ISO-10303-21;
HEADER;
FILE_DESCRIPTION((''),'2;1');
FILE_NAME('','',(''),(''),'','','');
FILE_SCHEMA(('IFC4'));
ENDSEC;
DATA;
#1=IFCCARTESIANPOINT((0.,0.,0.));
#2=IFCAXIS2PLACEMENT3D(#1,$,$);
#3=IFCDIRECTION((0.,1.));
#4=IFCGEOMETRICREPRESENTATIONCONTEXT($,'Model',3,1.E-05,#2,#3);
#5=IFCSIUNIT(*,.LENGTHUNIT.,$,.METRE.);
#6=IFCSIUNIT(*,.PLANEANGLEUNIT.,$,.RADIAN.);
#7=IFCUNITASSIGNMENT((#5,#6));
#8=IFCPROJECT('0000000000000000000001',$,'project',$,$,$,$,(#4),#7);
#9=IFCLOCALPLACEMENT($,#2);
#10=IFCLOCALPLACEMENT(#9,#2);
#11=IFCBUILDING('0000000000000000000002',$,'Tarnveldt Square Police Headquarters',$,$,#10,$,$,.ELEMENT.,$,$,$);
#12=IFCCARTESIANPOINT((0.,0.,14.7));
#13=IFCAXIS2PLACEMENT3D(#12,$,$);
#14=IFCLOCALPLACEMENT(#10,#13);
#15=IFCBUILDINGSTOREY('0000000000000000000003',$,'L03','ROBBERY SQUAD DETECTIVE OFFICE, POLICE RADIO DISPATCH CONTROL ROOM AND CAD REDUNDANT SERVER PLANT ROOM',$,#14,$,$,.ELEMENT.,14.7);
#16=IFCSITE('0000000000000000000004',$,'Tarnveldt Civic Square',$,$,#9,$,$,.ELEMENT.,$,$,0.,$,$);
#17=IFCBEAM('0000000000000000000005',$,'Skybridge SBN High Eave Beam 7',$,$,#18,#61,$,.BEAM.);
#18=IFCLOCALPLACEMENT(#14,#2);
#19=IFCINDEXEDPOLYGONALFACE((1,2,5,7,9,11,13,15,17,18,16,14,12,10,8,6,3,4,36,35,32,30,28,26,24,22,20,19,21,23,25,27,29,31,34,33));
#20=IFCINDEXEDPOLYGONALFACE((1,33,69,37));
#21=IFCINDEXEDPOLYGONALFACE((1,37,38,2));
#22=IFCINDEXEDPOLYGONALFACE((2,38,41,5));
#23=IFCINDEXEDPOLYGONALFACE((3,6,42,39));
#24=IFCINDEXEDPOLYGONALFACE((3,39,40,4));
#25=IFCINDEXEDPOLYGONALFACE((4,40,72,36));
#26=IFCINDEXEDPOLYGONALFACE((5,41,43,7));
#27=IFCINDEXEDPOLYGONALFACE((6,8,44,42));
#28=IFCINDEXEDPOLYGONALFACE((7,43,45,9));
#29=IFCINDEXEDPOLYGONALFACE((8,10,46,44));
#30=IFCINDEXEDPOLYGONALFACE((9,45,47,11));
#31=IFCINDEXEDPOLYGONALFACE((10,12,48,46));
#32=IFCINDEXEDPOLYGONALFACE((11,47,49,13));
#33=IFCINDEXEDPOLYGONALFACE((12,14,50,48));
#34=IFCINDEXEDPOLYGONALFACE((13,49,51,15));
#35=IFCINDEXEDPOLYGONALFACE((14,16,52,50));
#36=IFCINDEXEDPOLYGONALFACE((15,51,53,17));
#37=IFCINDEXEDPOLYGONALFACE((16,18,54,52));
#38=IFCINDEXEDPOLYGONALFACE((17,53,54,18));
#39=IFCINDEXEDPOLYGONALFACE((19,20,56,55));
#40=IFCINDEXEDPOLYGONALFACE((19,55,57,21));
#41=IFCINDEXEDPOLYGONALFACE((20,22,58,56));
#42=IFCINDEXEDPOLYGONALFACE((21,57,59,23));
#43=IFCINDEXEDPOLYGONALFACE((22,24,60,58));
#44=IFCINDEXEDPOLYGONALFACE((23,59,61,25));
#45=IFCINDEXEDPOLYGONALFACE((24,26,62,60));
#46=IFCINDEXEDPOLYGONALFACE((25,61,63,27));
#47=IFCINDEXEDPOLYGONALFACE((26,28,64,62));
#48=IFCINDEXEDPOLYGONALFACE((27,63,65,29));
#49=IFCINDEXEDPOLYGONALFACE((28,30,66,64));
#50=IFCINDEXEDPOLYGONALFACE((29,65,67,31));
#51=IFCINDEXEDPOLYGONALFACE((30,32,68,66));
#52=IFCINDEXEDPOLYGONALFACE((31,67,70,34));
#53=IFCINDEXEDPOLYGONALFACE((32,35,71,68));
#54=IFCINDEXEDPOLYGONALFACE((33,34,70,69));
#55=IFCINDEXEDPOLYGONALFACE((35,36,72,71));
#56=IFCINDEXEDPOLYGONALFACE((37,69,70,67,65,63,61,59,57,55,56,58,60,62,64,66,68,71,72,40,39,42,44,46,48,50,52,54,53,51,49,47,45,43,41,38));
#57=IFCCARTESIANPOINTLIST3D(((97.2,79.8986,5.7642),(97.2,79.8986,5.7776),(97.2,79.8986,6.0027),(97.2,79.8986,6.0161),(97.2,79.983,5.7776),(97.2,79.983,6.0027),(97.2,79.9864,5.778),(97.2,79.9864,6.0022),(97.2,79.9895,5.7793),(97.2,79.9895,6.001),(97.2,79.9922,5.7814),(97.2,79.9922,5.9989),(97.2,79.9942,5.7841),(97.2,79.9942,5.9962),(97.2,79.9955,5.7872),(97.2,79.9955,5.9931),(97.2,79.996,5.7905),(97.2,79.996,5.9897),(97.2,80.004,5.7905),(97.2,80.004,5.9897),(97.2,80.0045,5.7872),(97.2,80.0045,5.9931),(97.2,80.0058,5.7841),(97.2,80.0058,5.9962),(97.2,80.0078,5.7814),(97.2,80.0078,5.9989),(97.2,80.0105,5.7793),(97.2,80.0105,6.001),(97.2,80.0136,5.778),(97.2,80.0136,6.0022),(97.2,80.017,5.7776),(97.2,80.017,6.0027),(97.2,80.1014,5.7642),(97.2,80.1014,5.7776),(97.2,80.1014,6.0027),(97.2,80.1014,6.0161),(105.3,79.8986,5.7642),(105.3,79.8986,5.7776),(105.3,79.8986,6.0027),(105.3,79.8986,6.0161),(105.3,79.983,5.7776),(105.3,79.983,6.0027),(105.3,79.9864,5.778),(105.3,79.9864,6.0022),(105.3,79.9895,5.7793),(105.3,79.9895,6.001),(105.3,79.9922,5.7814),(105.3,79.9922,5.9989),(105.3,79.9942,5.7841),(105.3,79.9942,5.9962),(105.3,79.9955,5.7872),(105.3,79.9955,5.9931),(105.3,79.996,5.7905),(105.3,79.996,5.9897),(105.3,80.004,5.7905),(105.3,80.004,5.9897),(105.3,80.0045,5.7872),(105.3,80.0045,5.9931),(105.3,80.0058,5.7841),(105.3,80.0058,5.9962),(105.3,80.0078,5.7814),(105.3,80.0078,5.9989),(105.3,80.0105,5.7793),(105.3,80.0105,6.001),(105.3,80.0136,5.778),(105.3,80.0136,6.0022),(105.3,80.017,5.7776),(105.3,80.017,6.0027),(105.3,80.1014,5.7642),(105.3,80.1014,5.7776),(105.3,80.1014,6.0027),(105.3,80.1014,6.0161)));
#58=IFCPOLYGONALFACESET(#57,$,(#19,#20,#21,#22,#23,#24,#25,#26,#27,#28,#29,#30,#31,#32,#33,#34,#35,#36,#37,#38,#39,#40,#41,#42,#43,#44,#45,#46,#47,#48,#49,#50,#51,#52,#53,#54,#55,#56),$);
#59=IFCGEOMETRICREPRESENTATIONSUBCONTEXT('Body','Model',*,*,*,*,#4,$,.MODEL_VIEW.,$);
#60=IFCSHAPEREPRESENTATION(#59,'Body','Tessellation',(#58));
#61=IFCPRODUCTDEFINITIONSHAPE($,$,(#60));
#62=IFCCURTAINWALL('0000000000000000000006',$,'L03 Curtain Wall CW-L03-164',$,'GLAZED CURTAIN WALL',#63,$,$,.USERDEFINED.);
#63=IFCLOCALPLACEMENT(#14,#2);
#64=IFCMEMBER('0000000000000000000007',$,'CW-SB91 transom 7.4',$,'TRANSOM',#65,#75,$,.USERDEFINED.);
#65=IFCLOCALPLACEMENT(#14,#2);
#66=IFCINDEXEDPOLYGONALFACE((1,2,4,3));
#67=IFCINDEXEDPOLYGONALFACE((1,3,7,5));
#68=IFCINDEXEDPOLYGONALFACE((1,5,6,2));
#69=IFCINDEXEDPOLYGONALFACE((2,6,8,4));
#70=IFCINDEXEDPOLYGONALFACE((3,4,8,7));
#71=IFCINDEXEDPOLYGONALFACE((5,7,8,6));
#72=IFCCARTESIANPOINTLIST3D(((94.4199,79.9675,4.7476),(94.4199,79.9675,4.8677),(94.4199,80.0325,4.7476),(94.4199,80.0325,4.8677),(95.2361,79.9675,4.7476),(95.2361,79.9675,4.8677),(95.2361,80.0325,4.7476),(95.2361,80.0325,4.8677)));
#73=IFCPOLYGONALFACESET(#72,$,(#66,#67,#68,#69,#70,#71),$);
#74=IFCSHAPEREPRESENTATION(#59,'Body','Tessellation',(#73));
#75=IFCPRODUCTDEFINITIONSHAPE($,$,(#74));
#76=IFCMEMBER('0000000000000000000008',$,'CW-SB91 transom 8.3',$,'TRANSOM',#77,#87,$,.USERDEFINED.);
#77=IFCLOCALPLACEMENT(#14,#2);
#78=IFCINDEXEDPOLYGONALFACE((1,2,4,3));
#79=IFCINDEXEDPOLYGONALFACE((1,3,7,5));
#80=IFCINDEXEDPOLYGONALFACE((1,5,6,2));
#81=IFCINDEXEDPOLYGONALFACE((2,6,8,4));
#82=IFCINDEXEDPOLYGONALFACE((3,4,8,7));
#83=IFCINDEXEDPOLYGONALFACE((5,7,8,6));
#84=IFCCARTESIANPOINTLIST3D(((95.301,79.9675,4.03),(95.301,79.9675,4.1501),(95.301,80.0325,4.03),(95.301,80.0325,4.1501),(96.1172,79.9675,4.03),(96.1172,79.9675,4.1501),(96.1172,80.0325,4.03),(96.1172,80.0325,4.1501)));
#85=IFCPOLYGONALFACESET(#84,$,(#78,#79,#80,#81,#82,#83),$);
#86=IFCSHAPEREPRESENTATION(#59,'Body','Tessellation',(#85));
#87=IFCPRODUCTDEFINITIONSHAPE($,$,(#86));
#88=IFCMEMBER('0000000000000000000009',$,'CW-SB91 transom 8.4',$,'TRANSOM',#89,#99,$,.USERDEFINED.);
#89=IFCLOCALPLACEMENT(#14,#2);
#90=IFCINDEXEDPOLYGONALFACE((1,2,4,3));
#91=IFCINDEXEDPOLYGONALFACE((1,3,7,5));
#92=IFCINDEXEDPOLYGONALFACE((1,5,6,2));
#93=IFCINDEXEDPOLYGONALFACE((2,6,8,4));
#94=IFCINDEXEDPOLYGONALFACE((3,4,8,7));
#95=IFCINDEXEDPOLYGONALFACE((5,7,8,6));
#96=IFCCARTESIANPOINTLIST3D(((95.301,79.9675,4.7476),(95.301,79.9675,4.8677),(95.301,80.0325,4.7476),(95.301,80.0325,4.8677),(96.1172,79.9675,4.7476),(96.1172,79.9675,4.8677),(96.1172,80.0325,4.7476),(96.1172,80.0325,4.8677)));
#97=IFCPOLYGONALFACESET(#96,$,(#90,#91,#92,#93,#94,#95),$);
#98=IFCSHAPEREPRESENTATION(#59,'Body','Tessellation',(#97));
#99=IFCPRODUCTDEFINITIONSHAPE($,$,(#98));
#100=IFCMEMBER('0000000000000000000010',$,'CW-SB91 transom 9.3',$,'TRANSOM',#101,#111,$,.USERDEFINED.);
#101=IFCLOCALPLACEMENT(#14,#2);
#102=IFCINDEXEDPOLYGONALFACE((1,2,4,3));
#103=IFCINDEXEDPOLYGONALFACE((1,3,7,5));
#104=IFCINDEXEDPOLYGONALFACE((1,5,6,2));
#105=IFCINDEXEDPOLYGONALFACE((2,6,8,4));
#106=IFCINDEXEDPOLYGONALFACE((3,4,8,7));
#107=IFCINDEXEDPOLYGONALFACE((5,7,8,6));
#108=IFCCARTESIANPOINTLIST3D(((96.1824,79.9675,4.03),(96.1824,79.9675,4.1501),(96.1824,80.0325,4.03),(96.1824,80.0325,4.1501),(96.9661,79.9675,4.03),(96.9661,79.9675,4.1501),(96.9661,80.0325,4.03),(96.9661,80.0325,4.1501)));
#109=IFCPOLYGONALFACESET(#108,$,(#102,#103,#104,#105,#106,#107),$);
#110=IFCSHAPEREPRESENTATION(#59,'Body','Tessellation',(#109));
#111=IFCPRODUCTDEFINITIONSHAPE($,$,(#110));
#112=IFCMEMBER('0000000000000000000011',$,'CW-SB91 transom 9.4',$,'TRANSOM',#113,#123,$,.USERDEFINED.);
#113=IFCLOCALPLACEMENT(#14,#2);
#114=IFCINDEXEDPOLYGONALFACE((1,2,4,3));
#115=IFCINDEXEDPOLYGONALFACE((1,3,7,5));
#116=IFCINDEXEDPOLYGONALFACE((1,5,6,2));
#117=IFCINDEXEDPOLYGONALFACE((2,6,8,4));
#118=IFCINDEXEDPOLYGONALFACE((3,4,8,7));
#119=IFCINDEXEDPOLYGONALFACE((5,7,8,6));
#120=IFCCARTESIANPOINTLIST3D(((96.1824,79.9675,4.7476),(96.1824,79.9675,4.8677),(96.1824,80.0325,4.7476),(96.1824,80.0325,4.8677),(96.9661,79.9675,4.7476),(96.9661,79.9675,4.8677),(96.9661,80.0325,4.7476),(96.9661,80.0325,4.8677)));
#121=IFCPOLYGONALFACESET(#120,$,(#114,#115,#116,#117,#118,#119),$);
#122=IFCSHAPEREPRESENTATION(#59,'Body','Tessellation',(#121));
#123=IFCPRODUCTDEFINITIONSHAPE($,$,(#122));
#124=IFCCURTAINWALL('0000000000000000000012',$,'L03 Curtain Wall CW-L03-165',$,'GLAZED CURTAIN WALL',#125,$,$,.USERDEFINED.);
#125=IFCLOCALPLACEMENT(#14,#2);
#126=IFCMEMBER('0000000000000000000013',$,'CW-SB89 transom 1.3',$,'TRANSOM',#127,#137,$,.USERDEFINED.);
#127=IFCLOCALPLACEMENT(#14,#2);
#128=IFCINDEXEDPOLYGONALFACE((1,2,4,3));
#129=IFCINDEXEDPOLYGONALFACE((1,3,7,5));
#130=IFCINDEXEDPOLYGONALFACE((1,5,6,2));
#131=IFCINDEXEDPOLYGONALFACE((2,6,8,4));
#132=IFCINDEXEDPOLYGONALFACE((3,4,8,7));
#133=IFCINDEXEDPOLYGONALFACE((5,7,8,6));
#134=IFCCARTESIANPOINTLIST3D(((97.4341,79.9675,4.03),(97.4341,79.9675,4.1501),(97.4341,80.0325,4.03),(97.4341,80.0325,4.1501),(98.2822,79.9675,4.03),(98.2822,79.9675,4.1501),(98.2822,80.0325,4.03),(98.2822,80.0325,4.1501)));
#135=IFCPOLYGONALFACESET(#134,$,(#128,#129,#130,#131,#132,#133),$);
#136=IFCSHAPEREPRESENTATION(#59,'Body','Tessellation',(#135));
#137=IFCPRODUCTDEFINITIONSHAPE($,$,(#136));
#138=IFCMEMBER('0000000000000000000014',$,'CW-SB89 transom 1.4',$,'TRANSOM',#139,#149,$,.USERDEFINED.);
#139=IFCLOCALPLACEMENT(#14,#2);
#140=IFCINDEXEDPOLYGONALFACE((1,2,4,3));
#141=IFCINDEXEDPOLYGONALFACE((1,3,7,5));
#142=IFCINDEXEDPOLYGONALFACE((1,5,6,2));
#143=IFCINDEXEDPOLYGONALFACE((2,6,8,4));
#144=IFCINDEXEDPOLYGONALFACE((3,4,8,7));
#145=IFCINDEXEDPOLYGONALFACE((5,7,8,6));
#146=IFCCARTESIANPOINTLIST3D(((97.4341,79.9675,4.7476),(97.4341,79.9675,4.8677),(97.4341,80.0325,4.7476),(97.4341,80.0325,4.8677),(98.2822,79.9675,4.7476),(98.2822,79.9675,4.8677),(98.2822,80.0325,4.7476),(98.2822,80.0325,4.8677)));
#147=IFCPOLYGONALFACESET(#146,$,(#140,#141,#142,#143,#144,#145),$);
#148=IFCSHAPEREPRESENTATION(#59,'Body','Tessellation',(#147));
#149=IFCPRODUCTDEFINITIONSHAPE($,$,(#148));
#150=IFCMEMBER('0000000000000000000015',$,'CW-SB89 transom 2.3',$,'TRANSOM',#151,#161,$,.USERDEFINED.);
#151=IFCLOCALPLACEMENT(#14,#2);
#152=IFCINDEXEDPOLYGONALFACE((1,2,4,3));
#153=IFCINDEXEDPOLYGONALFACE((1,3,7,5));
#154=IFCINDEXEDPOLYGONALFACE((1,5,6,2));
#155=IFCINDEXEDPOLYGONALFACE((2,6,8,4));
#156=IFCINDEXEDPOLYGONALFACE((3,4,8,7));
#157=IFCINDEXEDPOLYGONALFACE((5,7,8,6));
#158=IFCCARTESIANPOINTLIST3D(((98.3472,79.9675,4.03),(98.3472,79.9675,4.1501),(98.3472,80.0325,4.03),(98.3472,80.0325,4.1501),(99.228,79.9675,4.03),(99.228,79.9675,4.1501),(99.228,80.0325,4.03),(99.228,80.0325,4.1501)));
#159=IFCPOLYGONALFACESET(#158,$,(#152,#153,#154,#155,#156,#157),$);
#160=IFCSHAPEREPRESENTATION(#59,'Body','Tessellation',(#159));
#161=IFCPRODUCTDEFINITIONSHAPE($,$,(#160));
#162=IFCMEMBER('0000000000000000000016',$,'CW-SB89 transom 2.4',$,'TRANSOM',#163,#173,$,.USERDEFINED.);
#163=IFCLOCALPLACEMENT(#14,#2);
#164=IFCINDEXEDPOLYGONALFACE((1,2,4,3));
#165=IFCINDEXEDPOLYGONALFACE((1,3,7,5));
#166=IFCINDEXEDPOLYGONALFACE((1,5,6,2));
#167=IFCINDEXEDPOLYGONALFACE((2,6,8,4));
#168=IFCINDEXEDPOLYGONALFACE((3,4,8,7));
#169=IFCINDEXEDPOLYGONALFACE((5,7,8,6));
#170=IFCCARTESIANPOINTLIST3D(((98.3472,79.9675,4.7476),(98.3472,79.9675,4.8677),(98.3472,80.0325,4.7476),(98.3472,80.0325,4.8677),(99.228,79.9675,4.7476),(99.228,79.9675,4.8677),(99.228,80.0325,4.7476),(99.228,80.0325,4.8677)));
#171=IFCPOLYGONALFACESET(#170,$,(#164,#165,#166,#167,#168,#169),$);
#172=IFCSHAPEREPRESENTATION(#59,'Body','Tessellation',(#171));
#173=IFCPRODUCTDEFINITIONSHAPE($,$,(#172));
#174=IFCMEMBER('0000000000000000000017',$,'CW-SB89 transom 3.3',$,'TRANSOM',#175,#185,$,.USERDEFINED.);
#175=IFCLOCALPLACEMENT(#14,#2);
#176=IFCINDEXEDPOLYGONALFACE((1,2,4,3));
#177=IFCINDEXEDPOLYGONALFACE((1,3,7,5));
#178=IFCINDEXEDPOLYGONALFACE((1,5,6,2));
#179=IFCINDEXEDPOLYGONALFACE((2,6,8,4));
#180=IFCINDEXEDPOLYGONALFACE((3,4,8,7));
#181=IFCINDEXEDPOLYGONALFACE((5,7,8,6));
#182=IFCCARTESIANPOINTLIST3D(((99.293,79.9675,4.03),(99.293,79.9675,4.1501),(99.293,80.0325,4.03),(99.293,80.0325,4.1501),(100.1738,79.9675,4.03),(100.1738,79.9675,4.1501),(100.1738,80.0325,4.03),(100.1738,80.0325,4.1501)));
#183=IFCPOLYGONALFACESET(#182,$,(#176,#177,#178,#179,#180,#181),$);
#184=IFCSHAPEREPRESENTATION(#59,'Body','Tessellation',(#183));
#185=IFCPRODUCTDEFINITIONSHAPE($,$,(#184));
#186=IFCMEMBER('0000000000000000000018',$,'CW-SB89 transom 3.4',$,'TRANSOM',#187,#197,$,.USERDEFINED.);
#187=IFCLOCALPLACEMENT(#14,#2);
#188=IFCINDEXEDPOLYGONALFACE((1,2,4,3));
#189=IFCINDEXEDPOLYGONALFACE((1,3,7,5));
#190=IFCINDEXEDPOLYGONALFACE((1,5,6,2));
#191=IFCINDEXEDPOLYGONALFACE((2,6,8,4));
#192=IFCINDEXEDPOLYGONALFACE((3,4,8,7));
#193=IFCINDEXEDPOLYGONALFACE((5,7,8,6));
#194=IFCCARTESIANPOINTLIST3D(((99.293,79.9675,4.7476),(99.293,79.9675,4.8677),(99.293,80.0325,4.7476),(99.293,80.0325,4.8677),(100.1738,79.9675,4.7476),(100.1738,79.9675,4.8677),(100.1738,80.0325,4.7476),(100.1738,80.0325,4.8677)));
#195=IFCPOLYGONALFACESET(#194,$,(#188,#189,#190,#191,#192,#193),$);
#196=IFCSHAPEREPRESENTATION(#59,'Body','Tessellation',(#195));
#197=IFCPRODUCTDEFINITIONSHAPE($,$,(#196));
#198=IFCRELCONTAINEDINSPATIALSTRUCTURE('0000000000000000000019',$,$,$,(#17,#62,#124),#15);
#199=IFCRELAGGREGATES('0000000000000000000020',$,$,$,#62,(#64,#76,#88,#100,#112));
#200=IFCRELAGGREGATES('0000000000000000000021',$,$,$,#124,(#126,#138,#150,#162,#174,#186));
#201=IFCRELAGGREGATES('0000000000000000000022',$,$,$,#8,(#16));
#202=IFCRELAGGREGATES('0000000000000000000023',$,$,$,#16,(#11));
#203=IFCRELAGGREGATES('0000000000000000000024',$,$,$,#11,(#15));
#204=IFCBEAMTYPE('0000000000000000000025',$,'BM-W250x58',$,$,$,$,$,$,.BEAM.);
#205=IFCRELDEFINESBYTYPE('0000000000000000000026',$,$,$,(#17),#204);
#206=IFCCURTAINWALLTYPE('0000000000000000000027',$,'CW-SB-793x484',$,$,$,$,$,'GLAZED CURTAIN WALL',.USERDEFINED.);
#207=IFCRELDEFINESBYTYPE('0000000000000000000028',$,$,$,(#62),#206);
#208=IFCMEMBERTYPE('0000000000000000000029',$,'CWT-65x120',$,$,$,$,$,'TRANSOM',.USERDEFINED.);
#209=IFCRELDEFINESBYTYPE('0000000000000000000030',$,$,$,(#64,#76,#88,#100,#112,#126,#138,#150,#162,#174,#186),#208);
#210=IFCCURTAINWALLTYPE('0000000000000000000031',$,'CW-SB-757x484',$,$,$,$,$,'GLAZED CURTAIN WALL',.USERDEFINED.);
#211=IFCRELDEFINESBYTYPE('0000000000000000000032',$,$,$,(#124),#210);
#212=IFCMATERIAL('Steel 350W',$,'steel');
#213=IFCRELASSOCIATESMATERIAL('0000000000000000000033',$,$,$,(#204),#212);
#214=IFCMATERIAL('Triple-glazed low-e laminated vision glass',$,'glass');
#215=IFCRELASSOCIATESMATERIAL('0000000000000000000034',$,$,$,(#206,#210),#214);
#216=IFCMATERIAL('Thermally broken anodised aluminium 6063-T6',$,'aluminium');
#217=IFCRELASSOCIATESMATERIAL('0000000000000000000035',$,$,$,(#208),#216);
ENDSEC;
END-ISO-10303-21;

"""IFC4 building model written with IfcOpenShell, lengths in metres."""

from ifc_helpers import new_model, si_unit, direction, frame, origin, origin_2d, place, context, subcontext, project, spatial, rectangle, i_section, extrude, material, material_profile, profile_set, type_object, element, aggregate, save


model = new_model("IFC4")

# Units and contexts
model_context = context("Model", 3, precision=1e-05, world=origin(), true_north=direction((0.0, 1.0)))
body_context = subcontext(model_context, "Body", "Model", "MODEL_VIEW")
ifc_project = project(units=[si_unit("LENGTHUNIT", "METRE"), si_unit("PLANEANGLEUNIT", "RADIAN")], contexts=[model_context])

# Site, building, storey
site_placement = place(None, origin())
site = spatial("IfcSite", under=ifc_project, at=site_placement, Name="Tarnveldt Civic Square", CompositionType="ELEMENT", RefElevation=0.0)
building_placement = place(site_placement, origin())
building = spatial("IfcBuilding", under=site, at=building_placement, Name="Tarnveldt Square Police Headquarters", CompositionType="ELEMENT")
storey_placement = place(building_placement, frame((0.0, 0.0, 14.7)))
storey = spatial("IfcBuildingStorey", under=building, at=storey_placement, Name="L03", Description="ROBBERY SQUAD DETECTIVE OFFICE, POLICE RADIO DISPATCH CONTROL ROOM AND CAD REDUNDANT SERVER PLANT ROOM", CompositionType="ELEMENT", Elevation=14.7)

# Beam
ifc_material_1 = material(Name="Steel 350W", Category="steel")
ifc_material_profile_1 = material_profile(ifc_material_1, i_section(OverallWidth=0.2029, OverallDepth=0.252, WebThickness=0.0081, FlangeThickness=0.0134, FilletRadius=0.0129, at=origin_2d()), Name="W250x58")
ifc_profile_set_1 = profile_set([ifc_material_profile_1], Name="Steel 350W")
beam_type = type_object("IfcBeamType", Name="BM-W250x58", PredefinedType="BEAM", material=ifc_profile_set_1)
beam_placement = place(storey_placement, frame((97.2, 80.0, 5.8901), z_axis=(1.0, 0.0, 0.0), x_axis=(0.0, 1.0, 0.0)))
element("IfcBeam", 1, at=beam_placement, inside=storey, type_object=beam_type, Name="Skybridge SBN High Eave Beam 7", PredefinedType="BEAM", context=body_context, shape_type="SweptSolid", body=[
    extrude(i_section(OverallWidth=0.2029, OverallDepth=0.252, WebThickness=0.0081, FlangeThickness=0.0134, FilletRadius=0.0129, at=origin_2d()), origin(), (0.0, 0.0, 1.0), 8.1001),
])

# Curtain walls, members
ifc_material_2 = material(Name="Triple-glazed low-e laminated vision glass", Category="glass")
curtain_wall_type_1 = type_object("IfcCurtainWallType", Name="CW-SB-793x484", ElementType="GLAZED CURTAIN WALL", PredefinedType="USERDEFINED", material=ifc_material_2)
curtain_wall_1_placement = place(storey_placement, origin())
curtain_wall_1 = element("IfcCurtainWall", 2, at=curtain_wall_1_placement, inside=storey, type_object=curtain_wall_type_1, Name="L03 Curtain Wall CW-L03-164", ObjectType="GLAZED CURTAIN WALL", PredefinedType="USERDEFINED")
ifc_material_3 = material(Name="Thermally broken anodised aluminium 6063-T6", Category="aluminium")
ifc_material_profile_2 = material_profile(ifc_material_3, rectangle(XDim=0.0649, YDim=0.1201, at=origin_2d()), Name="CW-T65x120")
ifc_profile_set_2 = profile_set([ifc_material_profile_2], Name="Thermally broken anodised aluminium 6063-T6")
member_type_1 = type_object("IfcMemberType", Name="CWT-65x120", ElementType="TRANSOM", PredefinedType="USERDEFINED", material=ifc_profile_set_2)
member_1_placement = place(storey_placement, frame((94.4199, 80.0, 4.8076), z_axis=(1.0, 0.0, 0.0), x_axis=(0.0, 1.0, 0.0)))
member_1 = element("IfcMember", 3, at=member_1_placement, type_object=member_type_1, Name="CW-SB91 transom 7.4", ObjectType="TRANSOM", PredefinedType="USERDEFINED", context=body_context, shape_type="SweptSolid", body=[
    extrude(rectangle(XDim=0.0649, YDim=0.1201, at=origin_2d()), origin(), (0.0, 0.0, 1.0), 0.8162),
])
member_2_placement = place(storey_placement, frame((95.301, 80.0, 4.0901), z_axis=(1.0, 0.0, 0.0), x_axis=(0.0, 1.0, 0.0)))
member_2 = element("IfcMember", 4, at=member_2_placement, type_object=member_type_1, Name="CW-SB91 transom 8.3", ObjectType="TRANSOM", PredefinedType="USERDEFINED", context=body_context, shape_type="SweptSolid", body=[
    extrude(rectangle(XDim=0.0649, YDim=0.1201, at=origin_2d()), origin(), (0.0, 0.0, 1.0), 0.8162),
])
member_3_placement = place(storey_placement, frame((95.301, 80.0, 4.8076), z_axis=(1.0, 0.0, 0.0), x_axis=(0.0, 1.0, 0.0)))
member_3 = element("IfcMember", 5, at=member_3_placement, type_object=member_type_1, Name="CW-SB91 transom 8.4", ObjectType="TRANSOM", PredefinedType="USERDEFINED", context=body_context, shape_type="SweptSolid", body=[
    extrude(rectangle(XDim=0.0649, YDim=0.1201, at=origin_2d()), origin(), (0.0, 0.0, 1.0), 0.8162),
])
member_4_placement = place(storey_placement, frame((96.1824, 80.0, 4.0901), z_axis=(1.0, 0.0, 0.0), x_axis=(0.0, 1.0, 0.0)))
member_4 = element("IfcMember", 6, at=member_4_placement, type_object=member_type_1, Name="CW-SB91 transom 9.3", ObjectType="TRANSOM", PredefinedType="USERDEFINED", context=body_context, shape_type="SweptSolid", body=[
    extrude(rectangle(XDim=0.0649, YDim=0.1201, at=origin_2d()), origin(), (0.0, 0.0, 1.0), 0.7837),
])
member_5_placement = place(storey_placement, frame((96.1824, 80.0, 4.8076), z_axis=(1.0, 0.0, 0.0), x_axis=(0.0, 1.0, 0.0)))
member_5 = element("IfcMember", 7, at=member_5_placement, type_object=member_type_1, Name="CW-SB91 transom 9.4", ObjectType="TRANSOM", PredefinedType="USERDEFINED", context=body_context, shape_type="SweptSolid", body=[
    extrude(rectangle(XDim=0.0649, YDim=0.1201, at=origin_2d()), origin(), (0.0, 0.0, 1.0), 0.7837),
])
curtain_wall_type_2 = type_object("IfcCurtainWallType", Name="CW-SB-757x484", ElementType="GLAZED CURTAIN WALL", PredefinedType="USERDEFINED", material=ifc_material_2)
curtain_wall_2_placement = place(storey_placement, origin())
curtain_wall_2 = element("IfcCurtainWall", 8, at=curtain_wall_2_placement, inside=storey, type_object=curtain_wall_type_2, Name="L03 Curtain Wall CW-L03-165", ObjectType="GLAZED CURTAIN WALL", PredefinedType="USERDEFINED")
member_6_placement = place(storey_placement, frame((97.4341, 80.0, 4.0901), z_axis=(1.0, 0.0, 0.0), x_axis=(0.0, 1.0, 0.0)))
member_6 = element("IfcMember", 9, at=member_6_placement, type_object=member_type_1, Name="CW-SB89 transom 1.3", ObjectType="TRANSOM", PredefinedType="USERDEFINED", context=body_context, shape_type="SweptSolid", body=[
    extrude(rectangle(XDim=0.0649, YDim=0.1201, at=origin_2d()), origin(), (0.0, 0.0, 1.0), 0.8481),
])
member_7_placement = place(storey_placement, frame((97.4341, 80.0, 4.8076), z_axis=(1.0, 0.0, 0.0), x_axis=(0.0, 1.0, 0.0)))
member_7 = element("IfcMember", 10, at=member_7_placement, type_object=member_type_1, Name="CW-SB89 transom 1.4", ObjectType="TRANSOM", PredefinedType="USERDEFINED", context=body_context, shape_type="SweptSolid", body=[
    extrude(rectangle(XDim=0.0649, YDim=0.1201, at=origin_2d()), origin(), (0.0, 0.0, 1.0), 0.8481),
])
member_8_placement = place(storey_placement, frame((98.3472, 80.0, 4.0901), z_axis=(1.0, 0.0, 0.0), x_axis=(0.0, 1.0, 0.0)))
member_8 = element("IfcMember", 11, at=member_8_placement, type_object=member_type_1, Name="CW-SB89 transom 2.3", ObjectType="TRANSOM", PredefinedType="USERDEFINED", context=body_context, shape_type="SweptSolid", body=[
    extrude(rectangle(XDim=0.0649, YDim=0.1201, at=origin_2d()), origin(), (0.0, 0.0, 1.0), 0.8809),
])
member_9_placement = place(storey_placement, frame((98.3472, 80.0, 4.8076), z_axis=(1.0, 0.0, 0.0), x_axis=(0.0, 1.0, 0.0)))
member_9 = element("IfcMember", 12, at=member_9_placement, type_object=member_type_1, Name="CW-SB89 transom 2.4", ObjectType="TRANSOM", PredefinedType="USERDEFINED", context=body_context, shape_type="SweptSolid", body=[
    extrude(rectangle(XDim=0.0649, YDim=0.1201, at=origin_2d()), origin(), (0.0, 0.0, 1.0), 0.8809),
])
member_10_placement = place(storey_placement, frame((99.293, 80.0, 4.0901), z_axis=(1.0, 0.0, 0.0), x_axis=(0.0, 1.0, 0.0)))
member_10 = element("IfcMember", 13, at=member_10_placement, type_object=member_type_1, Name="CW-SB89 transom 3.3", ObjectType="TRANSOM", PredefinedType="USERDEFINED", context=body_context, shape_type="SweptSolid", body=[
    extrude(rectangle(XDim=0.0649, YDim=0.1201, at=origin_2d()), origin(), (0.0, 0.0, 1.0), 0.8809),
])
member_11_placement = place(storey_placement, frame((99.293, 80.0, 4.8076), z_axis=(1.0, 0.0, 0.0), x_axis=(0.0, 1.0, 0.0)))
member_11 = element("IfcMember", 14, at=member_11_placement, type_object=member_type_1, Name="CW-SB89 transom 3.4", ObjectType="TRANSOM", PredefinedType="USERDEFINED", context=body_context, shape_type="SweptSolid", body=[
    extrude(rectangle(XDim=0.0649, YDim=0.1201, at=origin_2d()), origin(), (0.0, 0.0, 1.0), 0.8809),
])

aggregate(curtain_wall_1, [member_1, member_2, member_3, member_4, member_5])
aggregate(curtain_wall_2, [member_6, member_7, member_8, member_9, member_10, member_11])

save(model, "model.ifc")
